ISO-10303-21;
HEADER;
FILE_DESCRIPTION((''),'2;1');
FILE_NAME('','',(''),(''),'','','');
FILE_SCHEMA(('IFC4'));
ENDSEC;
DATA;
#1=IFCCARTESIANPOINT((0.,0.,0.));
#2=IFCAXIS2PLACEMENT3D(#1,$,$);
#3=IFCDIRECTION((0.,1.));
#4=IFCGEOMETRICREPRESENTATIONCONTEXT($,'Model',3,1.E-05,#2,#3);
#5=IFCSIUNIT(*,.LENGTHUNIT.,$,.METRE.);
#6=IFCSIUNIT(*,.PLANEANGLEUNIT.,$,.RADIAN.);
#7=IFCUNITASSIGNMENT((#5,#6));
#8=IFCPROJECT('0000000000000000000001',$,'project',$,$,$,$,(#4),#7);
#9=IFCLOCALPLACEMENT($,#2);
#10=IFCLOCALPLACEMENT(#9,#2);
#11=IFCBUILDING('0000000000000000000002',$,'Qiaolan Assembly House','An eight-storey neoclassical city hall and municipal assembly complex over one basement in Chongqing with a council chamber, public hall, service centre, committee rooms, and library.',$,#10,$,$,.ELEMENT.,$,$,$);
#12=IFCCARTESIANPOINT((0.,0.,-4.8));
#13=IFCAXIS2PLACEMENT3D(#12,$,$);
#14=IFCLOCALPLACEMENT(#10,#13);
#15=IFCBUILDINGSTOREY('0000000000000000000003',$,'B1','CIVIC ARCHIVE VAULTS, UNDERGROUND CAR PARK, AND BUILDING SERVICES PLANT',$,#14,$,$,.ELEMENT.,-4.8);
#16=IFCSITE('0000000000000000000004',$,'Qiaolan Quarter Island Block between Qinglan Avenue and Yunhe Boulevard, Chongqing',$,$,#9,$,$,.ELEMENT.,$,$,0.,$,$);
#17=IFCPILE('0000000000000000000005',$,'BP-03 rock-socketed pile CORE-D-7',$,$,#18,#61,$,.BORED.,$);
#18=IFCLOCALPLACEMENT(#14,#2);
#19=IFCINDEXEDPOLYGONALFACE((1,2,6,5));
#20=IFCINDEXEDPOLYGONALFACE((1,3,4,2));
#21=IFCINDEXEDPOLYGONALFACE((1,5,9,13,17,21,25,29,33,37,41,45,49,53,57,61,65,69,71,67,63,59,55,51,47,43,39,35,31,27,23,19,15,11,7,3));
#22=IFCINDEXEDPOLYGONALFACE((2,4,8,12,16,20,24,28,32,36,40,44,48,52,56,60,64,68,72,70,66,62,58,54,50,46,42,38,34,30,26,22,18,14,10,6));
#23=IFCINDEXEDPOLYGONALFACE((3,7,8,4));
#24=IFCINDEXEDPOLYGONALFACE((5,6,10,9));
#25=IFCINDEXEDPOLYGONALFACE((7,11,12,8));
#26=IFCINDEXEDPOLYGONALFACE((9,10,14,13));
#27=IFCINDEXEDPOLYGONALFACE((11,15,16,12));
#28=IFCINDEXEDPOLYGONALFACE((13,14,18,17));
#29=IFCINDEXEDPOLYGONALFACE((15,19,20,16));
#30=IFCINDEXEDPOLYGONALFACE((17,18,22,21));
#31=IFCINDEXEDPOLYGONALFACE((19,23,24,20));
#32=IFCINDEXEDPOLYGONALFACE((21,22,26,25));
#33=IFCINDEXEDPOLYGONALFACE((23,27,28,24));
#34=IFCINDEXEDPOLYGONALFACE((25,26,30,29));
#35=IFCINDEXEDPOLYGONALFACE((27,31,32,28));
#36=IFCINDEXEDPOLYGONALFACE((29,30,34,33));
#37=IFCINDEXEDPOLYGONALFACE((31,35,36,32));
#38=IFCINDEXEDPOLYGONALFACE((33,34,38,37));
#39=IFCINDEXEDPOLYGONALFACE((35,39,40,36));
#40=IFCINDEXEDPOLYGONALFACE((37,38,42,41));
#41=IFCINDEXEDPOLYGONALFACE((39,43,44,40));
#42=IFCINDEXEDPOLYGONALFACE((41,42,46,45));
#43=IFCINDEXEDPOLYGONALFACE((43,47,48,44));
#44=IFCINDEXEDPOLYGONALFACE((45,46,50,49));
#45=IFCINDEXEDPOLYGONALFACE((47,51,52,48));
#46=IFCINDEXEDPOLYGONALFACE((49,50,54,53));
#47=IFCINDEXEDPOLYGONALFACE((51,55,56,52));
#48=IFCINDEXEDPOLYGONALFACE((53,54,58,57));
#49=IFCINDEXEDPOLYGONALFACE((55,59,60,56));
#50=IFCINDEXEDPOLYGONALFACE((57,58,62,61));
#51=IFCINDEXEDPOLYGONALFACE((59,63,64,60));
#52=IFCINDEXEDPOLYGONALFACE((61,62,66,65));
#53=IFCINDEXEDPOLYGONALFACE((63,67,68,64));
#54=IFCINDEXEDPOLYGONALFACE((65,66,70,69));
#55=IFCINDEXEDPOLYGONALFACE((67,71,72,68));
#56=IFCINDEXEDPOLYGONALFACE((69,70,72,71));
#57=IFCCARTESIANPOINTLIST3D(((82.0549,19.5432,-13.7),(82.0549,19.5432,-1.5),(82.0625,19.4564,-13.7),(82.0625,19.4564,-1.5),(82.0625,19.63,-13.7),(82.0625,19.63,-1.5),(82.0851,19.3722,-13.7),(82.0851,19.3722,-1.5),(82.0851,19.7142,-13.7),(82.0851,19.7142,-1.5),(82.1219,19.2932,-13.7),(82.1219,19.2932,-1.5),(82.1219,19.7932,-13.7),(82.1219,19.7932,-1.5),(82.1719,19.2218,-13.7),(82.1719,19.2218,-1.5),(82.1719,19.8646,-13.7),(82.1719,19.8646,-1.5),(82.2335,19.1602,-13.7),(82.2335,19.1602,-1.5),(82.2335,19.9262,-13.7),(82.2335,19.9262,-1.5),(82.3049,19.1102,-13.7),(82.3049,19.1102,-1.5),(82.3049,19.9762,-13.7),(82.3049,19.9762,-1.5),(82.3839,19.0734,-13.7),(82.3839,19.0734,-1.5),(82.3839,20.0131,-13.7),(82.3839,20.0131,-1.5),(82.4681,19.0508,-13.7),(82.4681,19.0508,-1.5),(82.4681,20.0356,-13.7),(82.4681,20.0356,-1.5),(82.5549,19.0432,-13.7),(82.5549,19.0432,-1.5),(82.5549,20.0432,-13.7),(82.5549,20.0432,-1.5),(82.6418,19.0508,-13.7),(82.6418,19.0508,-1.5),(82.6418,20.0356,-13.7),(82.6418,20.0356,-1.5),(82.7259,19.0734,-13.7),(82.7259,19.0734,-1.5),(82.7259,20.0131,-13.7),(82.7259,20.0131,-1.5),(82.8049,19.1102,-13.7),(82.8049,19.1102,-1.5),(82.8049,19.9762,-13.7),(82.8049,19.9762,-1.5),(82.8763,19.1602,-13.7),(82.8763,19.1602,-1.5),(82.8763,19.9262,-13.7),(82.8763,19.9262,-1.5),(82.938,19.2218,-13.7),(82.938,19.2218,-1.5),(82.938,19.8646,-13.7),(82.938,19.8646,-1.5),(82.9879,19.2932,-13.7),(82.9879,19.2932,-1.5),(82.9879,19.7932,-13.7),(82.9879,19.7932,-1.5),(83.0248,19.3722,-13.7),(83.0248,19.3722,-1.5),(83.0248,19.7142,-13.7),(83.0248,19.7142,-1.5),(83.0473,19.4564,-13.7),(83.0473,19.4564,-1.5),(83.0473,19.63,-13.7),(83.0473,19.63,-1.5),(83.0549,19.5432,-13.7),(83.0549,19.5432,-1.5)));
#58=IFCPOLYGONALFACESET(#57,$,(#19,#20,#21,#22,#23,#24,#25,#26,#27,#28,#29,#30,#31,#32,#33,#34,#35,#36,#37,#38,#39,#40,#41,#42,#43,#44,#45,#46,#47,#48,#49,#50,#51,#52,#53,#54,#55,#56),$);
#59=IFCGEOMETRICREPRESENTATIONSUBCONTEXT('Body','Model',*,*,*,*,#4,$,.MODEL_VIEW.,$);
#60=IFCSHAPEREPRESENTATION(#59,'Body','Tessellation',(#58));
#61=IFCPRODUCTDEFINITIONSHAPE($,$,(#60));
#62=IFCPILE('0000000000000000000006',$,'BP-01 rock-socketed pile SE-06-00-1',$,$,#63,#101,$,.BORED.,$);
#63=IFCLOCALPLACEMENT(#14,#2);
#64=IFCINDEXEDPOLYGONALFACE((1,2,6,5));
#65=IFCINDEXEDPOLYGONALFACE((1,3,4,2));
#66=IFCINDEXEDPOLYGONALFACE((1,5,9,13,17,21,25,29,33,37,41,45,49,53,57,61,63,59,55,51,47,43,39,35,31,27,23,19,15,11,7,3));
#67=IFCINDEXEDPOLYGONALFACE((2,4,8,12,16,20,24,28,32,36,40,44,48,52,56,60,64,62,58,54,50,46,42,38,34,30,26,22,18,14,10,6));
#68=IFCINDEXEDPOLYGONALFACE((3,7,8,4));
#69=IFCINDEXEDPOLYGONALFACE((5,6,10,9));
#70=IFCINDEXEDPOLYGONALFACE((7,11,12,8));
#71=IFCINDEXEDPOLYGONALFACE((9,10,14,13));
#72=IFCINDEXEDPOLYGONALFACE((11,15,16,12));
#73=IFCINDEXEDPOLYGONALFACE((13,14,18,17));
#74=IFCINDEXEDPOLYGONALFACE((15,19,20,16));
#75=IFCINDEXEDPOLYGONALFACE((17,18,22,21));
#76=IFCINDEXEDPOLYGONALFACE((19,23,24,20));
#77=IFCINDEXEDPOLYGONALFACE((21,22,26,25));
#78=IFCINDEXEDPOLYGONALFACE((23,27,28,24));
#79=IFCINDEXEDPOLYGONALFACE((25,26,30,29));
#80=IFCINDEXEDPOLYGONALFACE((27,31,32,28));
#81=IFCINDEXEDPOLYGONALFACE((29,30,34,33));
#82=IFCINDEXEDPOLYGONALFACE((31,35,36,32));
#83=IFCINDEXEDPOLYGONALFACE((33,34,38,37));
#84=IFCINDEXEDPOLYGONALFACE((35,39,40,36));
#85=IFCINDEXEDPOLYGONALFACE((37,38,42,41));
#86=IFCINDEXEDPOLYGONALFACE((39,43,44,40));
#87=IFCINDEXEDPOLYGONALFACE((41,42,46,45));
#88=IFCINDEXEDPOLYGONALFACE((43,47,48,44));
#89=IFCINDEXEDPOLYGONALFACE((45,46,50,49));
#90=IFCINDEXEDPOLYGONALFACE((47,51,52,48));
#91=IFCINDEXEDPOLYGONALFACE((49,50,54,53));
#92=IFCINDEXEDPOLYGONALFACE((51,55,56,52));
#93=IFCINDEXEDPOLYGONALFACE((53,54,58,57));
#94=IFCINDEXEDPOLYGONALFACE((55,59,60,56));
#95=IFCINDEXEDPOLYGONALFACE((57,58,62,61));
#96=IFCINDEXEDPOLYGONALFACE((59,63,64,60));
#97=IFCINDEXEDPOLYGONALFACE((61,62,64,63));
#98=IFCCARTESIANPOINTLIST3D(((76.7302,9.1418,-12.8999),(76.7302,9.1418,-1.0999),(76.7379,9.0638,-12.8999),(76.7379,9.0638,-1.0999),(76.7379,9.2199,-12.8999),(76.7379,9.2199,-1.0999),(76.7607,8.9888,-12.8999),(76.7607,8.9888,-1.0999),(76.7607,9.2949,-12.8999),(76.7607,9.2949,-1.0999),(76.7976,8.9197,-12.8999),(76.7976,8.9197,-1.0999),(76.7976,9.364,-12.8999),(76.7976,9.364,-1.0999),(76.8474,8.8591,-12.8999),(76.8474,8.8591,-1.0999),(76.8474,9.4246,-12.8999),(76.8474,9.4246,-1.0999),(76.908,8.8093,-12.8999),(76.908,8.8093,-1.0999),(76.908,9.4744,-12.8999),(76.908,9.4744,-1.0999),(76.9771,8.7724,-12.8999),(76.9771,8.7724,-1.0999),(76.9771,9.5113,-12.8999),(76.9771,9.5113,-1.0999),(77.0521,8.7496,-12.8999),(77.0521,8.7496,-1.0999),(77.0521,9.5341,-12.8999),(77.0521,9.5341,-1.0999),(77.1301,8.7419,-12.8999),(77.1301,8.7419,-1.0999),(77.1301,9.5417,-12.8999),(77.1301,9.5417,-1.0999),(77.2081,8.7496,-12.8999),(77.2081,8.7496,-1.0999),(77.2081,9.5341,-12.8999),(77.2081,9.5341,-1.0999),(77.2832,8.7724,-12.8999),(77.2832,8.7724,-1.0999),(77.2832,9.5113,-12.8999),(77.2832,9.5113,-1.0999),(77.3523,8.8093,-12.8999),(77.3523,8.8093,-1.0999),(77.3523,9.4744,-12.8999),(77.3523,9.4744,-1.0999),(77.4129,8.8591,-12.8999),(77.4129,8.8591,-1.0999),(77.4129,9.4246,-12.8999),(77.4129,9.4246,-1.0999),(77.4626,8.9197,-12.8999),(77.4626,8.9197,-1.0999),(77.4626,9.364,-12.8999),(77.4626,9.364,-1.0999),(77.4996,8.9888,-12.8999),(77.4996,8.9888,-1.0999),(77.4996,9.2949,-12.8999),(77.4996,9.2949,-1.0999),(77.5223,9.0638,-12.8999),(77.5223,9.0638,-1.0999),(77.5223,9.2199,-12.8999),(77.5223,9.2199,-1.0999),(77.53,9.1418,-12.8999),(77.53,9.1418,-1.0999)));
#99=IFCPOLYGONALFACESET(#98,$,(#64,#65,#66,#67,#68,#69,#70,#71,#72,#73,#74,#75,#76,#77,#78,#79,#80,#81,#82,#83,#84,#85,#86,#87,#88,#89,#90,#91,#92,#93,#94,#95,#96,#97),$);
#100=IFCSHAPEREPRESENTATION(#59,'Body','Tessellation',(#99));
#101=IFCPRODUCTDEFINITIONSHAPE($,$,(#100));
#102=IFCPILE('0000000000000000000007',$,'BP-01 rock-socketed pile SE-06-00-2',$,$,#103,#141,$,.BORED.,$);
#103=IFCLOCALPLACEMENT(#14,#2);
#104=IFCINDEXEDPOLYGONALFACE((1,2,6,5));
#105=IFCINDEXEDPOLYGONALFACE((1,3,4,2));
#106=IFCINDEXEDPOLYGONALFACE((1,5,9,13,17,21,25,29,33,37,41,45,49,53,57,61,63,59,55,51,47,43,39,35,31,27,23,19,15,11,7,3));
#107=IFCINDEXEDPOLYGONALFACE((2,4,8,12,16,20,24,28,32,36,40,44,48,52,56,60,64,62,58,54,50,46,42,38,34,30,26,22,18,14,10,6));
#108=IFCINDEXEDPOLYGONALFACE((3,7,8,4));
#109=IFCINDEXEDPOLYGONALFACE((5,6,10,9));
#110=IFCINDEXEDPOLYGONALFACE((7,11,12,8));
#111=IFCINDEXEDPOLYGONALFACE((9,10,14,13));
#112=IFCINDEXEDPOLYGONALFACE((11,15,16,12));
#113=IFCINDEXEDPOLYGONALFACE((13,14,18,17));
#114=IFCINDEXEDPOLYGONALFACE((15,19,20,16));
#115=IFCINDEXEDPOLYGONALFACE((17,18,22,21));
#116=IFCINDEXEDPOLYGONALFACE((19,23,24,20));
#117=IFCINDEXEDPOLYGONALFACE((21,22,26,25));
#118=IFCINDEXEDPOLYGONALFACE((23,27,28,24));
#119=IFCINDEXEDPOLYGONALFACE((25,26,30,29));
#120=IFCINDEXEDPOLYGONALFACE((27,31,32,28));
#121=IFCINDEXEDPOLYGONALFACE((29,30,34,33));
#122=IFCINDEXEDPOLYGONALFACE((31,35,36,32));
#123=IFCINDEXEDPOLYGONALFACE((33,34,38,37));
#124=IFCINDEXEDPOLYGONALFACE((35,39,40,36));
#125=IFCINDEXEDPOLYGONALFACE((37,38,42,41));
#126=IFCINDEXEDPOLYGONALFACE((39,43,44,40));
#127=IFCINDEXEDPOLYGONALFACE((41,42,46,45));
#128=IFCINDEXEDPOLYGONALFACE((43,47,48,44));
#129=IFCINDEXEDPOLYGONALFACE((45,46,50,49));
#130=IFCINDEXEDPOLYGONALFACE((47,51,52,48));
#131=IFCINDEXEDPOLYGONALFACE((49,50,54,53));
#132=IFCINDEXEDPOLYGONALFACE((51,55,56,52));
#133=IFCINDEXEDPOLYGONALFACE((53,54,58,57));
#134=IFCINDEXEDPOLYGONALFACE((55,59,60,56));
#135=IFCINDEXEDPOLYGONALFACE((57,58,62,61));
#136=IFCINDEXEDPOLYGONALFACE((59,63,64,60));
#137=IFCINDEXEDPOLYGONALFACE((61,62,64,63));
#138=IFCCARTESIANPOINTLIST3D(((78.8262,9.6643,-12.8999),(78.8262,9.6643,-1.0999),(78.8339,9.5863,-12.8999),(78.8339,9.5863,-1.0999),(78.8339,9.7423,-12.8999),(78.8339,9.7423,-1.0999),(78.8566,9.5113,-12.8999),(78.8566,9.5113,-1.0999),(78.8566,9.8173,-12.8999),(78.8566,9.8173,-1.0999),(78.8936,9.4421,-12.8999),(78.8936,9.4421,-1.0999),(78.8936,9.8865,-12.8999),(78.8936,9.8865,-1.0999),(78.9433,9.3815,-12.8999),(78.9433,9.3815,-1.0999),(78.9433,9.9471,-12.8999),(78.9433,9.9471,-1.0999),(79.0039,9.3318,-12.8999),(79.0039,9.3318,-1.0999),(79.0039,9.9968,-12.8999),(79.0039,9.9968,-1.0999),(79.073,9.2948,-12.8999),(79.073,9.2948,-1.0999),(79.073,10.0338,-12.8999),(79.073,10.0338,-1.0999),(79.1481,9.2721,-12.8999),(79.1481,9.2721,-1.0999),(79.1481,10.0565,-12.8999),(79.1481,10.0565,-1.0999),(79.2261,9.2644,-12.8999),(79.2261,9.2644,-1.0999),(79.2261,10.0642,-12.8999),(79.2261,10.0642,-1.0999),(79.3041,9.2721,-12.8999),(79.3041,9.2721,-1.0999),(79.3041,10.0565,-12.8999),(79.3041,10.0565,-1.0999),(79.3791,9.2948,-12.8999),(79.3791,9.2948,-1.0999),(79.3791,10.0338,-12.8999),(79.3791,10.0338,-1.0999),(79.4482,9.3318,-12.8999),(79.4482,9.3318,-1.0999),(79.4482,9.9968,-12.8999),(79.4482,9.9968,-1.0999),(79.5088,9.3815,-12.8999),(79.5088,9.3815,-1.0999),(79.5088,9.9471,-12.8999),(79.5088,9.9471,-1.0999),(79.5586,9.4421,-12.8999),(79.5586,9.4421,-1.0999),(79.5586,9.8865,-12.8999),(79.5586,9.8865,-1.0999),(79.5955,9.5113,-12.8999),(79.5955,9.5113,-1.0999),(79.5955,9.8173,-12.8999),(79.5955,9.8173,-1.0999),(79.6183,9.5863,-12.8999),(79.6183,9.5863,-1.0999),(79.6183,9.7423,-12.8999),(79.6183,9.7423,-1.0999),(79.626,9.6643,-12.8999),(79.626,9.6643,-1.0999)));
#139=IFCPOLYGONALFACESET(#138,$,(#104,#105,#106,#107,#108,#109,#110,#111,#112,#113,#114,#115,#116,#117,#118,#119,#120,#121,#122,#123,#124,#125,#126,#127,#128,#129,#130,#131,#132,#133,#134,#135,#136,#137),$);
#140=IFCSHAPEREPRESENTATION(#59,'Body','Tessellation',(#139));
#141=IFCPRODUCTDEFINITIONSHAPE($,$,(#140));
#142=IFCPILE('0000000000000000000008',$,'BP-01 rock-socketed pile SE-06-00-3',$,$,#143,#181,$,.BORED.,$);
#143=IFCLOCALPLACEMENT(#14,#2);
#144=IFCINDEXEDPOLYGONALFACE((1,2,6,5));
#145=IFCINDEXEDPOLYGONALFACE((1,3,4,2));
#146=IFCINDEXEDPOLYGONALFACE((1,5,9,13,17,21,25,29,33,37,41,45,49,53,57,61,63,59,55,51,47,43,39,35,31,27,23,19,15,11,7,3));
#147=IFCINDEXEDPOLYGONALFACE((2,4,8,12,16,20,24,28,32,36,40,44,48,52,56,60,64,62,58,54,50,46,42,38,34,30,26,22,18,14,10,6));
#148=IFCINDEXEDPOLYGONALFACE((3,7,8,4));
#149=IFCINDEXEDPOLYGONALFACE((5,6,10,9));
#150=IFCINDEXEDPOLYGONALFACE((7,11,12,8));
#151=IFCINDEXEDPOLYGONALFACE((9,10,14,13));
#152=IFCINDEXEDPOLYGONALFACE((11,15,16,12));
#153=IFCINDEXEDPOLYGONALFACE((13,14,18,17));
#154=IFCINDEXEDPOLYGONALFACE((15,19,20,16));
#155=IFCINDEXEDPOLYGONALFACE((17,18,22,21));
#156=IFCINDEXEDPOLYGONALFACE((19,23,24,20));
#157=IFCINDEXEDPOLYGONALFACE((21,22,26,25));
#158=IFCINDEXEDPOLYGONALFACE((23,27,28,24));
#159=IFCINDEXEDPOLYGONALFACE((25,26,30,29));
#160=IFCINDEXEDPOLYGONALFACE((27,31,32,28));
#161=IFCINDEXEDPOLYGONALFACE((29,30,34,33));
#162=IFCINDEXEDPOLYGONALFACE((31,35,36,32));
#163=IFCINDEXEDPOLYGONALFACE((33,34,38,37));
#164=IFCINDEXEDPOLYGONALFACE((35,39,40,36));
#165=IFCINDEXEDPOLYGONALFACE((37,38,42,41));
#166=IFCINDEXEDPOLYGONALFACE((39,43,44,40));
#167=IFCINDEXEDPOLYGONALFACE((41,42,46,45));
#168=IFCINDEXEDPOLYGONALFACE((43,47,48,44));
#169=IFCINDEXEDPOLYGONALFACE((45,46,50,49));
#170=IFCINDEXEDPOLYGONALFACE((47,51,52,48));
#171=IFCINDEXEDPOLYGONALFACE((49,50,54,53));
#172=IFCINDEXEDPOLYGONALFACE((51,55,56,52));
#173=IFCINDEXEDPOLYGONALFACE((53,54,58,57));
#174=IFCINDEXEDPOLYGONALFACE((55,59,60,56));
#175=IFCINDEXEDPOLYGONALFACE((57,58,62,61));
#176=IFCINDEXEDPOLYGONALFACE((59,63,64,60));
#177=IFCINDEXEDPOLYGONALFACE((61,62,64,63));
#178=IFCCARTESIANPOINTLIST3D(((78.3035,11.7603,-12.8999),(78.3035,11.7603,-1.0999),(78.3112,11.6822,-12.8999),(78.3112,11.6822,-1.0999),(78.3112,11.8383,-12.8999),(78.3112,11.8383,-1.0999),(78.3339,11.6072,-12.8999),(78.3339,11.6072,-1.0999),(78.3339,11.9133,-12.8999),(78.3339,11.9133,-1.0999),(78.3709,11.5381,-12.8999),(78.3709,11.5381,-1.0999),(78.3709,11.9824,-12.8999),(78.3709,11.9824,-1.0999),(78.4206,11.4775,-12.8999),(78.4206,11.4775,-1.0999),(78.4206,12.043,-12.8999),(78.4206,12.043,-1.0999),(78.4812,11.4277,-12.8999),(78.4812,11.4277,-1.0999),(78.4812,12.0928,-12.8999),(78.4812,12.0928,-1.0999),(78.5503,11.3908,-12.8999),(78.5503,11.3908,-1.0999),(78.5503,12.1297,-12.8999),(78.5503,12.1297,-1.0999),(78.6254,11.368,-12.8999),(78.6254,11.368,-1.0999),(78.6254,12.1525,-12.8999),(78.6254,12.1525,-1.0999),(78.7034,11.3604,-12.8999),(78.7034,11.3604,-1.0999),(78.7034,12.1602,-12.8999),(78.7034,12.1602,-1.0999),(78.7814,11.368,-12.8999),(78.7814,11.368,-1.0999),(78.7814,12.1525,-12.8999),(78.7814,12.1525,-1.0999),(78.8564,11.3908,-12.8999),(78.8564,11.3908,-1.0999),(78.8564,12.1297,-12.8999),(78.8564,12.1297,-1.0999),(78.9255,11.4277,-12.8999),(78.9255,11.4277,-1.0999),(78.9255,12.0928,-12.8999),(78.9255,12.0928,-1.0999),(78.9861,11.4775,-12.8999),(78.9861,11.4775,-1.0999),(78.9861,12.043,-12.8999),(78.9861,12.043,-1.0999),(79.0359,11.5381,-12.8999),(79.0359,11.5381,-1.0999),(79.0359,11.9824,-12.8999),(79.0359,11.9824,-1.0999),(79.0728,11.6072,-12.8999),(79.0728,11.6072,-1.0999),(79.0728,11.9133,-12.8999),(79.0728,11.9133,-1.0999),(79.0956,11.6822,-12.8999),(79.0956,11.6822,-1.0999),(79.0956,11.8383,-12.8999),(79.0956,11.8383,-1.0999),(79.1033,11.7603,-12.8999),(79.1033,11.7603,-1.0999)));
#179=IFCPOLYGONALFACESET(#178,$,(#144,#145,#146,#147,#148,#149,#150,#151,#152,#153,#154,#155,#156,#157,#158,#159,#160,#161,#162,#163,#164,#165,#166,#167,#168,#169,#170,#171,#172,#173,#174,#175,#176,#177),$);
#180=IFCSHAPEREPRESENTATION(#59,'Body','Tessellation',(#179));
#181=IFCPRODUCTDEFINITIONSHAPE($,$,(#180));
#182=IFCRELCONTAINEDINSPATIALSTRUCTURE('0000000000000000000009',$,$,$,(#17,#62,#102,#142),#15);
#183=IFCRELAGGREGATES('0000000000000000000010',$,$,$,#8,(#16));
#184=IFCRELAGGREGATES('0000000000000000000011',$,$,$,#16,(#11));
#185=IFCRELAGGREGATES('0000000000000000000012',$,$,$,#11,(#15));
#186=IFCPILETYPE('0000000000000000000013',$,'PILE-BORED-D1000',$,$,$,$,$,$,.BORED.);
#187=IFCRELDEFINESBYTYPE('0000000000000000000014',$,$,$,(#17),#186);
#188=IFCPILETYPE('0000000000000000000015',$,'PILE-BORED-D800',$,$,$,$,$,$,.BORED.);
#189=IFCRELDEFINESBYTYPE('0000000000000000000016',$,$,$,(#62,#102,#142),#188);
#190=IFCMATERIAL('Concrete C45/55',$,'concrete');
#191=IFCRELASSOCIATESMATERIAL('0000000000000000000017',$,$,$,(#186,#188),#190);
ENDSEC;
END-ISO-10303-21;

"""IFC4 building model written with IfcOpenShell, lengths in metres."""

from ifc_helpers import new_model, si_unit, direction, frame, origin, origin_2d, place, context, subcontext, project, spatial, circle, extrude, material, material_profile, profile_set, type_object, element, save


model = new_model("IFC4")

# Units and contexts
model_context = context("Model", 3, precision=1e-05, world=origin(), true_north=direction((0.0, 1.0)))
body_context = subcontext(model_context, "Body", "Model", "MODEL_VIEW")
ifc_project = project(units=[si_unit("LENGTHUNIT", "METRE"), si_unit("PLANEANGLEUNIT", "RADIAN")], contexts=[model_context])

# Site, building, storey
site_placement = place(None, origin())
site = spatial("IfcSite", under=ifc_project, at=site_placement, Name="Qiaolan Quarter Island Block between Qinglan Avenue and Yunhe Boulevard, Chongqing", CompositionType="ELEMENT", RefElevation=0.0)
building_placement = place(site_placement, origin())
building = spatial("IfcBuilding", under=site, at=building_placement, Name="Qiaolan Assembly House", Description="An eight-storey neoclassical city hall and municipal assembly complex over one basement in Chongqing with a council chamber, public hall, service centre, committee rooms, and library.", CompositionType="ELEMENT")
storey_placement = place(building_placement, frame((0.0, 0.0, -4.8)))
storey = spatial("IfcBuildingStorey", under=building, at=storey_placement, Name="B1", Description="CIVIC ARCHIVE VAULTS, UNDERGROUND CAR PARK, AND BUILDING SERVICES PLANT", CompositionType="ELEMENT", Elevation=-4.8)

# Piles
ifc_material_1 = material(Name="Concrete C45/55", Category="concrete")
ifc_material_profile_1 = material_profile(ifc_material_1, circle(Radius=0.5, at=origin_2d()), Name="PILE D1000")
ifc_profile_set_1 = profile_set([ifc_material_profile_1], Name="Concrete C45/55")
pile_type_1 = type_object("IfcPileType", Name="PILE-BORED-D1000", PredefinedType="BORED", material=ifc_profile_set_1)
for number, where, z_axis, x_axis, name in (
    (1, (82.5549, 19.5432, -1.5), (0.0, 0.0, -1.0), (1.0, 0.0, 0.0), "BP-03 rock-socketed pile CORE-D-7"),
):
    element("IfcPile", number, at=place(storey_placement, frame(where, z_axis=z_axis, x_axis=x_axis)), inside=storey, type_object=pile_type_1, Name=name, PredefinedType="BORED", context=body_context, shape_type="SweptSolid", body=[
        extrude(circle(Radius=0.5, at=origin_2d()), origin(), (0.0, 0.0, 1.0), 12.2),
    ])
ifc_material_profile_2 = material_profile(ifc_material_1, circle(Radius=0.3999, at=origin_2d()), Name="PILE D800")
ifc_profile_set_2 = profile_set([ifc_material_profile_2], Name="Concrete C45/55")
pile_type_2 = type_object("IfcPileType", Name="PILE-BORED-D800", PredefinedType="BORED", material=ifc_profile_set_2)
for number, where, z_axis, x_axis, name in (
    (2, (77.1301, 9.1418, -1.0999), (0.0, 0.0, -1.0), (1.0, 0.0, 0.0), "BP-01 rock-socketed pile SE-06-00-1"),
    (3, (79.2261, 9.6643, -1.0999), (0.0, 0.0, -1.0), (1.0, 0.0, 0.0), "BP-01 rock-socketed pile SE-06-00-2"),
    (4, (78.7034, 11.7603, -1.0999), (0.0, 0.0, -1.0), (1.0, 0.0, 0.0), "BP-01 rock-socketed pile SE-06-00-3"),
):
    element("IfcPile", number, at=place(storey_placement, frame(where, z_axis=z_axis, x_axis=x_axis)), inside=storey, type_object=pile_type_2, Name=name, PredefinedType="BORED", context=body_context, shape_type="SweptSolid", body=[
        extrude(circle(Radius=0.3999, at=origin_2d()), origin(), (0.0, 0.0, 1.0), 11.8),
    ])

save(model, "model.ifc")
